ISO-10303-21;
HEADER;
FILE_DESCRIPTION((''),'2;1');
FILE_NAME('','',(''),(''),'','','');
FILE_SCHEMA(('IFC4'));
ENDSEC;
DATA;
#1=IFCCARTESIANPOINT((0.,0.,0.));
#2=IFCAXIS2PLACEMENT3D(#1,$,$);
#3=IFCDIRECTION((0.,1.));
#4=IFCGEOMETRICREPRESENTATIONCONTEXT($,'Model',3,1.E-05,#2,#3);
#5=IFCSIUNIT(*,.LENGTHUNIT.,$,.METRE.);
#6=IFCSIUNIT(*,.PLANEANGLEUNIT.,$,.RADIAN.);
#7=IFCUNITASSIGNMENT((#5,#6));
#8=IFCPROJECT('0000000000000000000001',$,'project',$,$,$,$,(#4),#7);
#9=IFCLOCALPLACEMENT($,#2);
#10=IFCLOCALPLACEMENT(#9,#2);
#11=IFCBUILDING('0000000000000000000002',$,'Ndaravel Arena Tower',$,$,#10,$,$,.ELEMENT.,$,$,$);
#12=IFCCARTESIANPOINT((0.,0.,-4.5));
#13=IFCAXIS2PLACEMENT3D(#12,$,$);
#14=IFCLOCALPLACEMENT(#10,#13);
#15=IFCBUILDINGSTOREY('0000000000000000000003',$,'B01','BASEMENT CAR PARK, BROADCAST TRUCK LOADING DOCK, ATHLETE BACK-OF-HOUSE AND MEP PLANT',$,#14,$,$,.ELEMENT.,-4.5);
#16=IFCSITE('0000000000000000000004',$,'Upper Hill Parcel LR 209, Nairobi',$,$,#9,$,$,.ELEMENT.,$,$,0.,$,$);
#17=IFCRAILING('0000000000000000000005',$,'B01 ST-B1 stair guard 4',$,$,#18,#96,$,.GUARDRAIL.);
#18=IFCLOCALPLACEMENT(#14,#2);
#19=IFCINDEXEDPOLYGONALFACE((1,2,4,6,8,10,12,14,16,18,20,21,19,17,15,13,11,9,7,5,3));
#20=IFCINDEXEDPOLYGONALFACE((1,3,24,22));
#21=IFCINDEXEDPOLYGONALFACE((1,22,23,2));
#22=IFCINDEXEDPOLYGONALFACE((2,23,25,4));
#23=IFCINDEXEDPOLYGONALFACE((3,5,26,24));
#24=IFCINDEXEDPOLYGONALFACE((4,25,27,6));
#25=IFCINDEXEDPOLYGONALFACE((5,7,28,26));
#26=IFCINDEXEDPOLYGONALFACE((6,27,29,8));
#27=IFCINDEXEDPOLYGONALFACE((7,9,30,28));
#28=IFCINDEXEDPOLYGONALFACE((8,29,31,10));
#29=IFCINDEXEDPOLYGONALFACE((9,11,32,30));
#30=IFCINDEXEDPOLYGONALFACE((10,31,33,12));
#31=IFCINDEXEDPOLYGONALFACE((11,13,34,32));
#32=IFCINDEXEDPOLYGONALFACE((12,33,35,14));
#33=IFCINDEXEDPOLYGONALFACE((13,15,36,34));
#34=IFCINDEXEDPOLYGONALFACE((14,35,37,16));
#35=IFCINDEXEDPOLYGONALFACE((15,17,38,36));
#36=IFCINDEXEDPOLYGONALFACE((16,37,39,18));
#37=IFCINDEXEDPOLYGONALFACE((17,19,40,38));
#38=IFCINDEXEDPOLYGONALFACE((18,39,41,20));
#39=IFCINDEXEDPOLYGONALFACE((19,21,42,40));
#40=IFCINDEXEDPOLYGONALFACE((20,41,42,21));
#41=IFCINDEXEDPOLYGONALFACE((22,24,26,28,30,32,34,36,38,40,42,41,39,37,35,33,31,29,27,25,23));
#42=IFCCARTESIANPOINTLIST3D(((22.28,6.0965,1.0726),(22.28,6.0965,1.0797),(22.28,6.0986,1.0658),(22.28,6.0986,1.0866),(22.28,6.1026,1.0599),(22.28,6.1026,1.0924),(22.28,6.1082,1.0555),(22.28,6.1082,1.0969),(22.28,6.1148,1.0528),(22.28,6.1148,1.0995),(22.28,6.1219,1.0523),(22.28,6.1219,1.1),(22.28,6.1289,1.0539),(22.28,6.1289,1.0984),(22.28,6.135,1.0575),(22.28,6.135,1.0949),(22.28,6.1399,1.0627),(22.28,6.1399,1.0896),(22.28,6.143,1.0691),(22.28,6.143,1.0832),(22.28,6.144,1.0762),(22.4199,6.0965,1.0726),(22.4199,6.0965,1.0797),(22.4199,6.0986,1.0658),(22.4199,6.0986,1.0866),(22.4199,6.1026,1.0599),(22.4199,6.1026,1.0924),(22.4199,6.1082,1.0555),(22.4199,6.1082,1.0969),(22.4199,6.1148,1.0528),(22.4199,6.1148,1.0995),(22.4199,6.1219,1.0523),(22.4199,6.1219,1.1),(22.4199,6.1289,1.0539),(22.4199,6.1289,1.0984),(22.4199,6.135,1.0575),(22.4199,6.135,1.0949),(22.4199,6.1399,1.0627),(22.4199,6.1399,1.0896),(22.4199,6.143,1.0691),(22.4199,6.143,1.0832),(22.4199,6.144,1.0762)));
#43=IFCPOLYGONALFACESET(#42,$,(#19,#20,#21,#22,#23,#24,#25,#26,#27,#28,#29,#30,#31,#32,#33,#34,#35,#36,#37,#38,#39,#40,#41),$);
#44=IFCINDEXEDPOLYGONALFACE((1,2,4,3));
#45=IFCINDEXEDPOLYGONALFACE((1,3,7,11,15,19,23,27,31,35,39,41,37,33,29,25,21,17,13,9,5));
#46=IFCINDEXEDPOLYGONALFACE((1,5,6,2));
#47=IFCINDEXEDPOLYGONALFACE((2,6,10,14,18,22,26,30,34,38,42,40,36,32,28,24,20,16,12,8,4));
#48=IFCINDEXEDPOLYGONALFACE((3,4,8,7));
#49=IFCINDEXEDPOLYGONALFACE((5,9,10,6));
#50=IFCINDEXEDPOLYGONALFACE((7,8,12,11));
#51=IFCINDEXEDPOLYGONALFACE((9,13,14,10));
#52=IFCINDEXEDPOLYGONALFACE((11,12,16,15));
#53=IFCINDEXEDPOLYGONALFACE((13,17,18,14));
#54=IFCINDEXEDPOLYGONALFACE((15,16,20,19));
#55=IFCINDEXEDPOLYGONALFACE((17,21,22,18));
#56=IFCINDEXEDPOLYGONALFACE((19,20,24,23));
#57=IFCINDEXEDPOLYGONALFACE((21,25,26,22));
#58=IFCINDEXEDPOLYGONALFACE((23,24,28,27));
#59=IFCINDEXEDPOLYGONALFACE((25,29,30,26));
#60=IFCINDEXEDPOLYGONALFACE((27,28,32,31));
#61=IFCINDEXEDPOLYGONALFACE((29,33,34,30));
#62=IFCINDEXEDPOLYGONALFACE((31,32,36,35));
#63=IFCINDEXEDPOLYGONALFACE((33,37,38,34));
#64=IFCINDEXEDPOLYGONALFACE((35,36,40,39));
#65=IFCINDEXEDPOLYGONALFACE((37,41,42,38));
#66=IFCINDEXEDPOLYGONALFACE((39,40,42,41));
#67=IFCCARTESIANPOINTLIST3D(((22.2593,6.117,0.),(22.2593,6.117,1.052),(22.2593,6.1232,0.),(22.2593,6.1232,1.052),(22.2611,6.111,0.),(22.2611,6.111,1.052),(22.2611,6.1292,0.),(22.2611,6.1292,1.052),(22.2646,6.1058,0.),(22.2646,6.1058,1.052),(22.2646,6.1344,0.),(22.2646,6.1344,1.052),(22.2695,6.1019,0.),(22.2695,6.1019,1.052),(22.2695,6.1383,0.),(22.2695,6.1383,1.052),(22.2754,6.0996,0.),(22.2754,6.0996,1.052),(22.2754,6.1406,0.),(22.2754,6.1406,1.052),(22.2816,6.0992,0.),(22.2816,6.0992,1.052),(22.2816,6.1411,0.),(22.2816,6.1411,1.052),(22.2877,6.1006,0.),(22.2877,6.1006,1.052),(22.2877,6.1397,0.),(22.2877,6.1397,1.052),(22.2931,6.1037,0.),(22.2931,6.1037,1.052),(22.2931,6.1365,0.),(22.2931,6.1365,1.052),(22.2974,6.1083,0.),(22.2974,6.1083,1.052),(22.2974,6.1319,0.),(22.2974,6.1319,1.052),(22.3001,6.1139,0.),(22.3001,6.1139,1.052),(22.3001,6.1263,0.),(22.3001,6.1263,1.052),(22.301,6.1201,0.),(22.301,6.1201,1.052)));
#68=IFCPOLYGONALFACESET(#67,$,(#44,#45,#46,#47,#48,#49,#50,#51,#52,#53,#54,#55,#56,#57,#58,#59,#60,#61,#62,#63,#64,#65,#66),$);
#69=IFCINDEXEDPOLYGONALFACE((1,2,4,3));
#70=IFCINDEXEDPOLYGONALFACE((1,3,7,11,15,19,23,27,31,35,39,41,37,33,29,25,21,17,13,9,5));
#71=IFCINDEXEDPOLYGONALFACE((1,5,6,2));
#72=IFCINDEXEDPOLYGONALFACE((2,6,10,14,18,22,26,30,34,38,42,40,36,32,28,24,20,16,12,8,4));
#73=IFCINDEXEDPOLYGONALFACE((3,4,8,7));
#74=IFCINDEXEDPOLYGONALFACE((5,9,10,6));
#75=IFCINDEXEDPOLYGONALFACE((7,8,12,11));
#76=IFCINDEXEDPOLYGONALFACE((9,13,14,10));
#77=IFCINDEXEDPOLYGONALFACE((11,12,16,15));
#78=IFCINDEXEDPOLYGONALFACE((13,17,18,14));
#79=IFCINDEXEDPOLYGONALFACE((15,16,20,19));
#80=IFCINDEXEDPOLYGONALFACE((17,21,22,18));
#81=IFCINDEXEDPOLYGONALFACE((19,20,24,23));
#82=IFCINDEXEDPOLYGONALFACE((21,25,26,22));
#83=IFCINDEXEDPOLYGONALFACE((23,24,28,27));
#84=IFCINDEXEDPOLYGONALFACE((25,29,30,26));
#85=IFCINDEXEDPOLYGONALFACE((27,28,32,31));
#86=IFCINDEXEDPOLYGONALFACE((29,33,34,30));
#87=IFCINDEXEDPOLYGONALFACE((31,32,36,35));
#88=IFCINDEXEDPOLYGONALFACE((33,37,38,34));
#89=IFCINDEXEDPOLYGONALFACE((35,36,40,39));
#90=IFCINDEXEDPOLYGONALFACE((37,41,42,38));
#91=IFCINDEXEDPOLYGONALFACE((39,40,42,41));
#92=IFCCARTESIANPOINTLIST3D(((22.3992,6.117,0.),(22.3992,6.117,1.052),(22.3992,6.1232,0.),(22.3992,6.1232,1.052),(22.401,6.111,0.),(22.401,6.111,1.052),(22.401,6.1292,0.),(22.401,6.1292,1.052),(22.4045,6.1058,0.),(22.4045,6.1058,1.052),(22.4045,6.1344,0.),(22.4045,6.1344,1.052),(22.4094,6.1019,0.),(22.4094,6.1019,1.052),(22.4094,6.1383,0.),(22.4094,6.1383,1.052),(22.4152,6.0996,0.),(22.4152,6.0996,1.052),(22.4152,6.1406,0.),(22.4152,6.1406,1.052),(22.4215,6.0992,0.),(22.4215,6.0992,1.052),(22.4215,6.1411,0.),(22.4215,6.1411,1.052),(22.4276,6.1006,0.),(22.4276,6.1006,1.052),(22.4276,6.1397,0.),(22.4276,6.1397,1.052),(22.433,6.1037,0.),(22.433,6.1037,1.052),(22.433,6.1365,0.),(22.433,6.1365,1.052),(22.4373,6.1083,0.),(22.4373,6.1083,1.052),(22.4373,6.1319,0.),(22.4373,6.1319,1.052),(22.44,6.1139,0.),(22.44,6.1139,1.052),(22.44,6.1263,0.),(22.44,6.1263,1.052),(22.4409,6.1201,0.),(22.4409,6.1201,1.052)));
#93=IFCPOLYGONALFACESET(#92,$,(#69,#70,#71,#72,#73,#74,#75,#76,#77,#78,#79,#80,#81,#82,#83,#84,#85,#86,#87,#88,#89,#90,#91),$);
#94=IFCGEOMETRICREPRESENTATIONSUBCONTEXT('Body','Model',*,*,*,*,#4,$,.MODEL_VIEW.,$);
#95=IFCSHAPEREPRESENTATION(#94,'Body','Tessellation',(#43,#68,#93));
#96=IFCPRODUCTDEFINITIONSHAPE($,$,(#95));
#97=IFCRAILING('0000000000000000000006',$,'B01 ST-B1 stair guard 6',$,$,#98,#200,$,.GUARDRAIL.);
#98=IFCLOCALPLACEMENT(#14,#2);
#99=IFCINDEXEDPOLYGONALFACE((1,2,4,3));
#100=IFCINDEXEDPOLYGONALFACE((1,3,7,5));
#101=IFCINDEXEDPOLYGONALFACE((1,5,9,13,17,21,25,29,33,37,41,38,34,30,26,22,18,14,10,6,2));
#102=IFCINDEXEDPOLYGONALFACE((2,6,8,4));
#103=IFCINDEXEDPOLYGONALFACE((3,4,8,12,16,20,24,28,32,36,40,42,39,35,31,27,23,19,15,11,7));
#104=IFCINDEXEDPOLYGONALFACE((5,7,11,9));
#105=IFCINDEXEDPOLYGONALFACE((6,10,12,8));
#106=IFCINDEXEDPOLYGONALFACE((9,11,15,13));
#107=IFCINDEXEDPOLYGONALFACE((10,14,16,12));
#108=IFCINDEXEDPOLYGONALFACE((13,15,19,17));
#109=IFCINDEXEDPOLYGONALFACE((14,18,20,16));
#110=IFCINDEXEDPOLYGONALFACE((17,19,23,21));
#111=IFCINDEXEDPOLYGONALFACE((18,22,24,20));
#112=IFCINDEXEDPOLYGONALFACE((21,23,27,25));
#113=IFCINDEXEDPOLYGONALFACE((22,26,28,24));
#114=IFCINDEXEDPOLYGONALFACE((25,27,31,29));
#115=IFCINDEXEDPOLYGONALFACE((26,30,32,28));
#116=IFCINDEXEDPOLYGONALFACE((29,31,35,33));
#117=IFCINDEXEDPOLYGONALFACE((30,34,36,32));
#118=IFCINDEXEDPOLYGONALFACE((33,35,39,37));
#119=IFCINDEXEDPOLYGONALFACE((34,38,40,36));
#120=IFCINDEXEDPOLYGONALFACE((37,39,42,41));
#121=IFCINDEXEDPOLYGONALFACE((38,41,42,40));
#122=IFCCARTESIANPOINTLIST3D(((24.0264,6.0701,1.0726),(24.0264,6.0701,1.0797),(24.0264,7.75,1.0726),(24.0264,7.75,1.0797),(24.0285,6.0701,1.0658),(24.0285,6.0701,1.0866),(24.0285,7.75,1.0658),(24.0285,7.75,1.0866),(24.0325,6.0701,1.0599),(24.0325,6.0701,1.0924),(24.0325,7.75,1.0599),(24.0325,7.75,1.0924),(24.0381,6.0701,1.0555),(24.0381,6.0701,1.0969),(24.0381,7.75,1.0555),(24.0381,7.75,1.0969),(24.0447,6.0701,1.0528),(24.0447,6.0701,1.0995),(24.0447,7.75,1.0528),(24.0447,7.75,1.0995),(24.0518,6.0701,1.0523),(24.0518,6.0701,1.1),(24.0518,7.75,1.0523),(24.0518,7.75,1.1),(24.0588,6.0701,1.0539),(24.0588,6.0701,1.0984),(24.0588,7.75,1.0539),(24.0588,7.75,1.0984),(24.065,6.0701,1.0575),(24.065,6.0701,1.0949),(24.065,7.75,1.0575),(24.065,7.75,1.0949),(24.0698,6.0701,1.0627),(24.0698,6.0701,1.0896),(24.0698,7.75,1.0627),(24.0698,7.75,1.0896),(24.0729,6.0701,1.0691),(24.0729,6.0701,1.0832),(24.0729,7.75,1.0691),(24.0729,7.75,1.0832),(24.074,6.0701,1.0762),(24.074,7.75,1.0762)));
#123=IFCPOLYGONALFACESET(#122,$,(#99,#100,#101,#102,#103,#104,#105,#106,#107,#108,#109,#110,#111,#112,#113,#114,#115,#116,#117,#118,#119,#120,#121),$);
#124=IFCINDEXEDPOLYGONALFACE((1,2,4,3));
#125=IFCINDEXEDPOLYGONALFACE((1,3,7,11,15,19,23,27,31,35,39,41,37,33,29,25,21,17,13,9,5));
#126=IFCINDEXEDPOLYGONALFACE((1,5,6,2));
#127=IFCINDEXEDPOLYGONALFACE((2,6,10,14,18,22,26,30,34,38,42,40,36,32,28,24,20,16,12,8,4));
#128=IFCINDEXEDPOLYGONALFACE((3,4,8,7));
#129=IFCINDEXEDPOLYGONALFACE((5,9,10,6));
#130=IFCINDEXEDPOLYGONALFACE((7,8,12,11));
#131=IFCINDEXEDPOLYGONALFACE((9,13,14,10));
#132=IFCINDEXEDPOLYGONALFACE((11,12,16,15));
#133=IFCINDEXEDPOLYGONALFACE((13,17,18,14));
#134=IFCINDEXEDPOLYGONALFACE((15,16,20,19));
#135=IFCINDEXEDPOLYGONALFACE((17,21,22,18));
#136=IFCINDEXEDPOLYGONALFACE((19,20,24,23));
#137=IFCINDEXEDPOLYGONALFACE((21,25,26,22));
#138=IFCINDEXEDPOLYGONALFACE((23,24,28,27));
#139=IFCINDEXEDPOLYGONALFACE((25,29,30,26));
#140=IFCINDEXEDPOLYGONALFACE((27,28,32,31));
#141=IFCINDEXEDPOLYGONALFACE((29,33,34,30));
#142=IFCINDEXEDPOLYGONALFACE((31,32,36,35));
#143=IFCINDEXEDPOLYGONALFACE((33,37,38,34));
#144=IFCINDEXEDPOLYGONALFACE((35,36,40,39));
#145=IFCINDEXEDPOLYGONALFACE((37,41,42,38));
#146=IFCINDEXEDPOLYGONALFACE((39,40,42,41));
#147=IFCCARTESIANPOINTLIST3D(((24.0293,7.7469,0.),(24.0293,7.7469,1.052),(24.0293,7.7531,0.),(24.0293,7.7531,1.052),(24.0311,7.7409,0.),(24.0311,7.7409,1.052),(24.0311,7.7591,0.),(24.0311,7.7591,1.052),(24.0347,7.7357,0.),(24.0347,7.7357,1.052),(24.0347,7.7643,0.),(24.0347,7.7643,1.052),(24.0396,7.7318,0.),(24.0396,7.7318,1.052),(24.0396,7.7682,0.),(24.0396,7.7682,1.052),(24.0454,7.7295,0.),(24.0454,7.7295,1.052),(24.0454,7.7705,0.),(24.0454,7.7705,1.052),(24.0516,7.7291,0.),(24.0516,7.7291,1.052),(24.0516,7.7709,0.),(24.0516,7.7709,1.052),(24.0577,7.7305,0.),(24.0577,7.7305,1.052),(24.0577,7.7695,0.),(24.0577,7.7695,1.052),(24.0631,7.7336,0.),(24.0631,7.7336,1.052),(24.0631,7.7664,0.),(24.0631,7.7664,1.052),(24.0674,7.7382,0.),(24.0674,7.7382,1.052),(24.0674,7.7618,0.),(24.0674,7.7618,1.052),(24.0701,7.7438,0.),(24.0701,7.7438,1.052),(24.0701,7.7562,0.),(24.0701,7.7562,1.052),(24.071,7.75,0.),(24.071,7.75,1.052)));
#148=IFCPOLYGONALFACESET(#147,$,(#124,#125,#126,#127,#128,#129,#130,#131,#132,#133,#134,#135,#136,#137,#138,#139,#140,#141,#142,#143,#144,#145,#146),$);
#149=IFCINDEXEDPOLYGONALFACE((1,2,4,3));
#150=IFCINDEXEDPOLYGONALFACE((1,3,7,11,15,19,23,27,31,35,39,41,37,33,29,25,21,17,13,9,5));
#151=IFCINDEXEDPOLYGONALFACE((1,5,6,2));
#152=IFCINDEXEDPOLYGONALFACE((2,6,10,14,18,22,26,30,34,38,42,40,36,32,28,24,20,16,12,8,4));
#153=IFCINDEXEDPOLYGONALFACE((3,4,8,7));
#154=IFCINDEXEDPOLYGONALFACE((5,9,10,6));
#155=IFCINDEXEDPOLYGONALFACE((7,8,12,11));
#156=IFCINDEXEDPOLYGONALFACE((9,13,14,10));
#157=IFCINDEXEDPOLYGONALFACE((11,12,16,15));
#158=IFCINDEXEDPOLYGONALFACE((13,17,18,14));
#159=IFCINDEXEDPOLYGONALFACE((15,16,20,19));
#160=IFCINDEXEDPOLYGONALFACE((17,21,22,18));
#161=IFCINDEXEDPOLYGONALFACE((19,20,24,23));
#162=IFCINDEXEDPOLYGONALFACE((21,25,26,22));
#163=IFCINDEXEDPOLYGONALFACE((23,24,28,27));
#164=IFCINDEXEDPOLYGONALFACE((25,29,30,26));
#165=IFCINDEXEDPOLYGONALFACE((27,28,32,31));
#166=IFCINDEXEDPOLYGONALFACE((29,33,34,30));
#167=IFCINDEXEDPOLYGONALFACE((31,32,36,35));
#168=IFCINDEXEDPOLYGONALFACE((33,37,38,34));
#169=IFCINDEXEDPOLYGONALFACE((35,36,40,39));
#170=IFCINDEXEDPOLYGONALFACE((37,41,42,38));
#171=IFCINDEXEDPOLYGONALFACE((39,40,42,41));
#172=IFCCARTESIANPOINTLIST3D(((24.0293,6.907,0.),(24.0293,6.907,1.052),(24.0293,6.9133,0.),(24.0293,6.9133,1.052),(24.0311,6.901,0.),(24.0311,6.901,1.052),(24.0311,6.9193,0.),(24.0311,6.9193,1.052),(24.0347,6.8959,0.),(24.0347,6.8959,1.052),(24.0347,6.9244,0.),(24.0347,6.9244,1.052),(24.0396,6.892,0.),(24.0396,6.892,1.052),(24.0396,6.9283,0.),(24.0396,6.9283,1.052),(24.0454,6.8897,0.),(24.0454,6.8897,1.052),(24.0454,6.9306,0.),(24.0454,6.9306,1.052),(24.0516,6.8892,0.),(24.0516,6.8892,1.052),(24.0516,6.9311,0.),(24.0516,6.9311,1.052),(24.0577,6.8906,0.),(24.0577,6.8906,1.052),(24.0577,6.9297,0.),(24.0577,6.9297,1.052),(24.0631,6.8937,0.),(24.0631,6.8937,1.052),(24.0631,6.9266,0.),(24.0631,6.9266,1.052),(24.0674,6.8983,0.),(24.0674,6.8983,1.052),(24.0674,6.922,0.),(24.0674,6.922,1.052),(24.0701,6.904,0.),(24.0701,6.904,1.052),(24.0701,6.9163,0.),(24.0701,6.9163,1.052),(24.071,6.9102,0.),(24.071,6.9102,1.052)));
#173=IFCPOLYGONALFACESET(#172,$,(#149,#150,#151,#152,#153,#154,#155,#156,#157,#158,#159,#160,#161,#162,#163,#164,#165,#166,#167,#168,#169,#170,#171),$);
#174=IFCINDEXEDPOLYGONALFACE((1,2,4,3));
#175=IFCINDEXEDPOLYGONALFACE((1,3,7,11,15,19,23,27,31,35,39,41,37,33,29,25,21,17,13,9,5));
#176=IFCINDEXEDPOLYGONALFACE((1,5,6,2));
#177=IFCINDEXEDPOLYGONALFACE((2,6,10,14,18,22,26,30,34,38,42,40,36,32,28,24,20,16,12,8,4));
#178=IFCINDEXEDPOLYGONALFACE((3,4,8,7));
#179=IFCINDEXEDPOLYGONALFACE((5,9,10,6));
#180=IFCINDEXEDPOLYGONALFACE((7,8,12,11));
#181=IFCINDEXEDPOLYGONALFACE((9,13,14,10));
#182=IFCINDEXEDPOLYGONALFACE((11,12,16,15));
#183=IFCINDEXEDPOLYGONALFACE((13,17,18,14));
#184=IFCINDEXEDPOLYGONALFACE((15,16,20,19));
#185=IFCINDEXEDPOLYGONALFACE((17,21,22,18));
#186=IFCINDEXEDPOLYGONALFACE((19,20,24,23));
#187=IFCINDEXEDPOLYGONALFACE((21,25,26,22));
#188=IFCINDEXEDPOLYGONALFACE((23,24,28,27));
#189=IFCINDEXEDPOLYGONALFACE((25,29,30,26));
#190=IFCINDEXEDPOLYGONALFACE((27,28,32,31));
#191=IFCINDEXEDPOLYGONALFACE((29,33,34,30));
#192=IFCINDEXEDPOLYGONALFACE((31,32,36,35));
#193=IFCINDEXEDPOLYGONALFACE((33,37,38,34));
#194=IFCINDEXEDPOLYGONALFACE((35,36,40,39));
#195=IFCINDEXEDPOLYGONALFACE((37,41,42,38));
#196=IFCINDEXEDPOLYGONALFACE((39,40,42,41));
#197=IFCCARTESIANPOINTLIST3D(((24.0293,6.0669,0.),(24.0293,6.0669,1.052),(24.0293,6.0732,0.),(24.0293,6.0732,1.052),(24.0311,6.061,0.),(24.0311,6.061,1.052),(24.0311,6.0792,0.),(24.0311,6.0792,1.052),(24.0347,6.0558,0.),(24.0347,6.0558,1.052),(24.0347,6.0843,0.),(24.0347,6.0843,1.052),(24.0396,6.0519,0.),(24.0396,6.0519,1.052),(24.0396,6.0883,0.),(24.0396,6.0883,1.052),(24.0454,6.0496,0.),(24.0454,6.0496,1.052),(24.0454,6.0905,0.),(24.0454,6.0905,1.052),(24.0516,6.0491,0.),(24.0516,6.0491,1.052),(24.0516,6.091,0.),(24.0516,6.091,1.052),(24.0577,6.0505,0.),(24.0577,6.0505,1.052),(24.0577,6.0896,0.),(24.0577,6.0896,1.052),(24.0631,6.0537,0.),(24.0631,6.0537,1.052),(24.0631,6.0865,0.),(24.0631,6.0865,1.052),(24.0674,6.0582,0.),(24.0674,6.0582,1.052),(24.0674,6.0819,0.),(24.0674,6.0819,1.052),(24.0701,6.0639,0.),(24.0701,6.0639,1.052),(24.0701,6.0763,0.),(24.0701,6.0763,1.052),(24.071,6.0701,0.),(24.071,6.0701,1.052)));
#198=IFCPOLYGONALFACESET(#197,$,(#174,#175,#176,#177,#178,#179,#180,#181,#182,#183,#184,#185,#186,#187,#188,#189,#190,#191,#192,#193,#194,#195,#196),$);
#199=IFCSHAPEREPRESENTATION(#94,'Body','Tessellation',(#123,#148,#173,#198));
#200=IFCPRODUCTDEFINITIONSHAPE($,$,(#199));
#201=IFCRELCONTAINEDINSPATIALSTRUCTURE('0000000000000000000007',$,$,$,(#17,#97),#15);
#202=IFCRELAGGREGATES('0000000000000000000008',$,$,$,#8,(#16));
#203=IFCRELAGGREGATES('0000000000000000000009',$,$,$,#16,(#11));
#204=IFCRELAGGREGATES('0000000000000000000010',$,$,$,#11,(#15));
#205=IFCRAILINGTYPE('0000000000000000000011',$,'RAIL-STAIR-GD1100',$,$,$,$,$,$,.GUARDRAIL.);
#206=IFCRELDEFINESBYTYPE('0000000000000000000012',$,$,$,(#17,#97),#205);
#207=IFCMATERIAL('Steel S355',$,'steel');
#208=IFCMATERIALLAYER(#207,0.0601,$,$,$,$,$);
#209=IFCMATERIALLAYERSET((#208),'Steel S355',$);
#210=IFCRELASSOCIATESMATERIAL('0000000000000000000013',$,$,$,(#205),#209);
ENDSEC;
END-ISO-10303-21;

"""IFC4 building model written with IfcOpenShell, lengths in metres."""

from ifc_helpers import new_model, si_unit, direction, frame, origin, origin_2d, place, context, subcontext, project, spatial, circle, extrude, material, layer, layer_set, type_object, element, save


model = new_model("IFC4")

# Units and contexts
model_context = context("Model", 3, precision=1e-05, world=origin(), true_north=direction((0.0, 1.0)))
body_context = subcontext(model_context, "Body", "Model", "MODEL_VIEW")
ifc_project = project(units=[si_unit("LENGTHUNIT", "METRE"), si_unit("PLANEANGLEUNIT", "RADIAN")], contexts=[model_context])

# Site, building, storey
site_placement = place(None, origin())
site = spatial("IfcSite", under=ifc_project, at=site_placement, Name="Upper Hill Parcel LR 209, Nairobi", CompositionType="ELEMENT", RefElevation=0.0)
building_placement = place(site_placement, origin())
building = spatial("IfcBuilding", under=site, at=building_placement, Name="Ndaravel Arena Tower", CompositionType="ELEMENT")
storey_placement = place(building_placement, frame((0.0, 0.0, -4.5)))
storey = spatial("IfcBuildingStorey", under=building, at=storey_placement, Name="B01", Description="BASEMENT CAR PARK, BROADCAST TRUCK LOADING DOCK, ATHLETE BACK-OF-HOUSE AND MEP PLANT", CompositionType="ELEMENT", Elevation=-4.5)

# Railings
ifc_material_1 = material(Name="Steel S355", Category="steel")
ifc_layer_1 = layer(ifc_material_1, 0.0601)
ifc_layer_set_1 = layer_set([ifc_layer_1], Name="Steel S355")
railing_type_1 = type_object("IfcRailingType", Name="RAIL-STAIR-GD1100", PredefinedType="GUARDRAIL", material=ifc_layer_set_1)
railing_1_placement = place(storey_placement, frame((22.28, 6.1201, 0.0)))
element("IfcRailing", 1, at=railing_1_placement, inside=storey, type_object=railing_type_1, Name="B01 ST-B1 stair guard 4", PredefinedType="GUARDRAIL", context=body_context, shape_type="SweptSolid", body=[
    extrude(circle(Radius=0.0239, at=origin_2d()), frame((0.0, 0.0, 1.0762), z_axis=(1.0, 0.0, 0.0), x_axis=(0.0, 1.0, 0.0)), (0.0, 0.0, 1.0), 0.1399),
    extrude(circle(Radius=0.021, at=origin_2d()), origin(), (0.0, 0.0, 1.0), 1.052),
    extrude(circle(Radius=0.021, at=origin_2d()), frame((0.1399, 0.0, 0.0)), (0.0, 0.0, 1.0), 1.052),
])
railing_2_placement = place(storey_placement, frame((24.05, 7.75, 0.0)))
element("IfcRailing", 2, at=railing_2_placement, inside=storey, type_object=railing_type_1, Name="B01 ST-B1 stair guard 6", PredefinedType="GUARDRAIL", context=body_context, shape_type="SweptSolid", body=[
    extrude(circle(Radius=0.0239, at=origin_2d()), frame((0.0, 0.0, 1.0762), z_axis=(0.0, -1.0, 0.0), x_axis=(1.0, 0.0, 0.0)), (0.0, 0.0, 1.0), 1.6799),
    extrude(circle(Radius=0.021, at=origin_2d()), origin(), (0.0, 0.0, 1.0), 1.052),
    extrude(circle(Radius=0.021, at=origin_2d()), frame((0.0, -0.8398, 0.0)), (0.0, 0.0, 1.0), 1.052),
    extrude(circle(Radius=0.021, at=origin_2d()), frame((0.0, -1.6799, 0.0)), (0.0, 0.0, 1.0), 1.052),
])

save(model, "model.ifc")
